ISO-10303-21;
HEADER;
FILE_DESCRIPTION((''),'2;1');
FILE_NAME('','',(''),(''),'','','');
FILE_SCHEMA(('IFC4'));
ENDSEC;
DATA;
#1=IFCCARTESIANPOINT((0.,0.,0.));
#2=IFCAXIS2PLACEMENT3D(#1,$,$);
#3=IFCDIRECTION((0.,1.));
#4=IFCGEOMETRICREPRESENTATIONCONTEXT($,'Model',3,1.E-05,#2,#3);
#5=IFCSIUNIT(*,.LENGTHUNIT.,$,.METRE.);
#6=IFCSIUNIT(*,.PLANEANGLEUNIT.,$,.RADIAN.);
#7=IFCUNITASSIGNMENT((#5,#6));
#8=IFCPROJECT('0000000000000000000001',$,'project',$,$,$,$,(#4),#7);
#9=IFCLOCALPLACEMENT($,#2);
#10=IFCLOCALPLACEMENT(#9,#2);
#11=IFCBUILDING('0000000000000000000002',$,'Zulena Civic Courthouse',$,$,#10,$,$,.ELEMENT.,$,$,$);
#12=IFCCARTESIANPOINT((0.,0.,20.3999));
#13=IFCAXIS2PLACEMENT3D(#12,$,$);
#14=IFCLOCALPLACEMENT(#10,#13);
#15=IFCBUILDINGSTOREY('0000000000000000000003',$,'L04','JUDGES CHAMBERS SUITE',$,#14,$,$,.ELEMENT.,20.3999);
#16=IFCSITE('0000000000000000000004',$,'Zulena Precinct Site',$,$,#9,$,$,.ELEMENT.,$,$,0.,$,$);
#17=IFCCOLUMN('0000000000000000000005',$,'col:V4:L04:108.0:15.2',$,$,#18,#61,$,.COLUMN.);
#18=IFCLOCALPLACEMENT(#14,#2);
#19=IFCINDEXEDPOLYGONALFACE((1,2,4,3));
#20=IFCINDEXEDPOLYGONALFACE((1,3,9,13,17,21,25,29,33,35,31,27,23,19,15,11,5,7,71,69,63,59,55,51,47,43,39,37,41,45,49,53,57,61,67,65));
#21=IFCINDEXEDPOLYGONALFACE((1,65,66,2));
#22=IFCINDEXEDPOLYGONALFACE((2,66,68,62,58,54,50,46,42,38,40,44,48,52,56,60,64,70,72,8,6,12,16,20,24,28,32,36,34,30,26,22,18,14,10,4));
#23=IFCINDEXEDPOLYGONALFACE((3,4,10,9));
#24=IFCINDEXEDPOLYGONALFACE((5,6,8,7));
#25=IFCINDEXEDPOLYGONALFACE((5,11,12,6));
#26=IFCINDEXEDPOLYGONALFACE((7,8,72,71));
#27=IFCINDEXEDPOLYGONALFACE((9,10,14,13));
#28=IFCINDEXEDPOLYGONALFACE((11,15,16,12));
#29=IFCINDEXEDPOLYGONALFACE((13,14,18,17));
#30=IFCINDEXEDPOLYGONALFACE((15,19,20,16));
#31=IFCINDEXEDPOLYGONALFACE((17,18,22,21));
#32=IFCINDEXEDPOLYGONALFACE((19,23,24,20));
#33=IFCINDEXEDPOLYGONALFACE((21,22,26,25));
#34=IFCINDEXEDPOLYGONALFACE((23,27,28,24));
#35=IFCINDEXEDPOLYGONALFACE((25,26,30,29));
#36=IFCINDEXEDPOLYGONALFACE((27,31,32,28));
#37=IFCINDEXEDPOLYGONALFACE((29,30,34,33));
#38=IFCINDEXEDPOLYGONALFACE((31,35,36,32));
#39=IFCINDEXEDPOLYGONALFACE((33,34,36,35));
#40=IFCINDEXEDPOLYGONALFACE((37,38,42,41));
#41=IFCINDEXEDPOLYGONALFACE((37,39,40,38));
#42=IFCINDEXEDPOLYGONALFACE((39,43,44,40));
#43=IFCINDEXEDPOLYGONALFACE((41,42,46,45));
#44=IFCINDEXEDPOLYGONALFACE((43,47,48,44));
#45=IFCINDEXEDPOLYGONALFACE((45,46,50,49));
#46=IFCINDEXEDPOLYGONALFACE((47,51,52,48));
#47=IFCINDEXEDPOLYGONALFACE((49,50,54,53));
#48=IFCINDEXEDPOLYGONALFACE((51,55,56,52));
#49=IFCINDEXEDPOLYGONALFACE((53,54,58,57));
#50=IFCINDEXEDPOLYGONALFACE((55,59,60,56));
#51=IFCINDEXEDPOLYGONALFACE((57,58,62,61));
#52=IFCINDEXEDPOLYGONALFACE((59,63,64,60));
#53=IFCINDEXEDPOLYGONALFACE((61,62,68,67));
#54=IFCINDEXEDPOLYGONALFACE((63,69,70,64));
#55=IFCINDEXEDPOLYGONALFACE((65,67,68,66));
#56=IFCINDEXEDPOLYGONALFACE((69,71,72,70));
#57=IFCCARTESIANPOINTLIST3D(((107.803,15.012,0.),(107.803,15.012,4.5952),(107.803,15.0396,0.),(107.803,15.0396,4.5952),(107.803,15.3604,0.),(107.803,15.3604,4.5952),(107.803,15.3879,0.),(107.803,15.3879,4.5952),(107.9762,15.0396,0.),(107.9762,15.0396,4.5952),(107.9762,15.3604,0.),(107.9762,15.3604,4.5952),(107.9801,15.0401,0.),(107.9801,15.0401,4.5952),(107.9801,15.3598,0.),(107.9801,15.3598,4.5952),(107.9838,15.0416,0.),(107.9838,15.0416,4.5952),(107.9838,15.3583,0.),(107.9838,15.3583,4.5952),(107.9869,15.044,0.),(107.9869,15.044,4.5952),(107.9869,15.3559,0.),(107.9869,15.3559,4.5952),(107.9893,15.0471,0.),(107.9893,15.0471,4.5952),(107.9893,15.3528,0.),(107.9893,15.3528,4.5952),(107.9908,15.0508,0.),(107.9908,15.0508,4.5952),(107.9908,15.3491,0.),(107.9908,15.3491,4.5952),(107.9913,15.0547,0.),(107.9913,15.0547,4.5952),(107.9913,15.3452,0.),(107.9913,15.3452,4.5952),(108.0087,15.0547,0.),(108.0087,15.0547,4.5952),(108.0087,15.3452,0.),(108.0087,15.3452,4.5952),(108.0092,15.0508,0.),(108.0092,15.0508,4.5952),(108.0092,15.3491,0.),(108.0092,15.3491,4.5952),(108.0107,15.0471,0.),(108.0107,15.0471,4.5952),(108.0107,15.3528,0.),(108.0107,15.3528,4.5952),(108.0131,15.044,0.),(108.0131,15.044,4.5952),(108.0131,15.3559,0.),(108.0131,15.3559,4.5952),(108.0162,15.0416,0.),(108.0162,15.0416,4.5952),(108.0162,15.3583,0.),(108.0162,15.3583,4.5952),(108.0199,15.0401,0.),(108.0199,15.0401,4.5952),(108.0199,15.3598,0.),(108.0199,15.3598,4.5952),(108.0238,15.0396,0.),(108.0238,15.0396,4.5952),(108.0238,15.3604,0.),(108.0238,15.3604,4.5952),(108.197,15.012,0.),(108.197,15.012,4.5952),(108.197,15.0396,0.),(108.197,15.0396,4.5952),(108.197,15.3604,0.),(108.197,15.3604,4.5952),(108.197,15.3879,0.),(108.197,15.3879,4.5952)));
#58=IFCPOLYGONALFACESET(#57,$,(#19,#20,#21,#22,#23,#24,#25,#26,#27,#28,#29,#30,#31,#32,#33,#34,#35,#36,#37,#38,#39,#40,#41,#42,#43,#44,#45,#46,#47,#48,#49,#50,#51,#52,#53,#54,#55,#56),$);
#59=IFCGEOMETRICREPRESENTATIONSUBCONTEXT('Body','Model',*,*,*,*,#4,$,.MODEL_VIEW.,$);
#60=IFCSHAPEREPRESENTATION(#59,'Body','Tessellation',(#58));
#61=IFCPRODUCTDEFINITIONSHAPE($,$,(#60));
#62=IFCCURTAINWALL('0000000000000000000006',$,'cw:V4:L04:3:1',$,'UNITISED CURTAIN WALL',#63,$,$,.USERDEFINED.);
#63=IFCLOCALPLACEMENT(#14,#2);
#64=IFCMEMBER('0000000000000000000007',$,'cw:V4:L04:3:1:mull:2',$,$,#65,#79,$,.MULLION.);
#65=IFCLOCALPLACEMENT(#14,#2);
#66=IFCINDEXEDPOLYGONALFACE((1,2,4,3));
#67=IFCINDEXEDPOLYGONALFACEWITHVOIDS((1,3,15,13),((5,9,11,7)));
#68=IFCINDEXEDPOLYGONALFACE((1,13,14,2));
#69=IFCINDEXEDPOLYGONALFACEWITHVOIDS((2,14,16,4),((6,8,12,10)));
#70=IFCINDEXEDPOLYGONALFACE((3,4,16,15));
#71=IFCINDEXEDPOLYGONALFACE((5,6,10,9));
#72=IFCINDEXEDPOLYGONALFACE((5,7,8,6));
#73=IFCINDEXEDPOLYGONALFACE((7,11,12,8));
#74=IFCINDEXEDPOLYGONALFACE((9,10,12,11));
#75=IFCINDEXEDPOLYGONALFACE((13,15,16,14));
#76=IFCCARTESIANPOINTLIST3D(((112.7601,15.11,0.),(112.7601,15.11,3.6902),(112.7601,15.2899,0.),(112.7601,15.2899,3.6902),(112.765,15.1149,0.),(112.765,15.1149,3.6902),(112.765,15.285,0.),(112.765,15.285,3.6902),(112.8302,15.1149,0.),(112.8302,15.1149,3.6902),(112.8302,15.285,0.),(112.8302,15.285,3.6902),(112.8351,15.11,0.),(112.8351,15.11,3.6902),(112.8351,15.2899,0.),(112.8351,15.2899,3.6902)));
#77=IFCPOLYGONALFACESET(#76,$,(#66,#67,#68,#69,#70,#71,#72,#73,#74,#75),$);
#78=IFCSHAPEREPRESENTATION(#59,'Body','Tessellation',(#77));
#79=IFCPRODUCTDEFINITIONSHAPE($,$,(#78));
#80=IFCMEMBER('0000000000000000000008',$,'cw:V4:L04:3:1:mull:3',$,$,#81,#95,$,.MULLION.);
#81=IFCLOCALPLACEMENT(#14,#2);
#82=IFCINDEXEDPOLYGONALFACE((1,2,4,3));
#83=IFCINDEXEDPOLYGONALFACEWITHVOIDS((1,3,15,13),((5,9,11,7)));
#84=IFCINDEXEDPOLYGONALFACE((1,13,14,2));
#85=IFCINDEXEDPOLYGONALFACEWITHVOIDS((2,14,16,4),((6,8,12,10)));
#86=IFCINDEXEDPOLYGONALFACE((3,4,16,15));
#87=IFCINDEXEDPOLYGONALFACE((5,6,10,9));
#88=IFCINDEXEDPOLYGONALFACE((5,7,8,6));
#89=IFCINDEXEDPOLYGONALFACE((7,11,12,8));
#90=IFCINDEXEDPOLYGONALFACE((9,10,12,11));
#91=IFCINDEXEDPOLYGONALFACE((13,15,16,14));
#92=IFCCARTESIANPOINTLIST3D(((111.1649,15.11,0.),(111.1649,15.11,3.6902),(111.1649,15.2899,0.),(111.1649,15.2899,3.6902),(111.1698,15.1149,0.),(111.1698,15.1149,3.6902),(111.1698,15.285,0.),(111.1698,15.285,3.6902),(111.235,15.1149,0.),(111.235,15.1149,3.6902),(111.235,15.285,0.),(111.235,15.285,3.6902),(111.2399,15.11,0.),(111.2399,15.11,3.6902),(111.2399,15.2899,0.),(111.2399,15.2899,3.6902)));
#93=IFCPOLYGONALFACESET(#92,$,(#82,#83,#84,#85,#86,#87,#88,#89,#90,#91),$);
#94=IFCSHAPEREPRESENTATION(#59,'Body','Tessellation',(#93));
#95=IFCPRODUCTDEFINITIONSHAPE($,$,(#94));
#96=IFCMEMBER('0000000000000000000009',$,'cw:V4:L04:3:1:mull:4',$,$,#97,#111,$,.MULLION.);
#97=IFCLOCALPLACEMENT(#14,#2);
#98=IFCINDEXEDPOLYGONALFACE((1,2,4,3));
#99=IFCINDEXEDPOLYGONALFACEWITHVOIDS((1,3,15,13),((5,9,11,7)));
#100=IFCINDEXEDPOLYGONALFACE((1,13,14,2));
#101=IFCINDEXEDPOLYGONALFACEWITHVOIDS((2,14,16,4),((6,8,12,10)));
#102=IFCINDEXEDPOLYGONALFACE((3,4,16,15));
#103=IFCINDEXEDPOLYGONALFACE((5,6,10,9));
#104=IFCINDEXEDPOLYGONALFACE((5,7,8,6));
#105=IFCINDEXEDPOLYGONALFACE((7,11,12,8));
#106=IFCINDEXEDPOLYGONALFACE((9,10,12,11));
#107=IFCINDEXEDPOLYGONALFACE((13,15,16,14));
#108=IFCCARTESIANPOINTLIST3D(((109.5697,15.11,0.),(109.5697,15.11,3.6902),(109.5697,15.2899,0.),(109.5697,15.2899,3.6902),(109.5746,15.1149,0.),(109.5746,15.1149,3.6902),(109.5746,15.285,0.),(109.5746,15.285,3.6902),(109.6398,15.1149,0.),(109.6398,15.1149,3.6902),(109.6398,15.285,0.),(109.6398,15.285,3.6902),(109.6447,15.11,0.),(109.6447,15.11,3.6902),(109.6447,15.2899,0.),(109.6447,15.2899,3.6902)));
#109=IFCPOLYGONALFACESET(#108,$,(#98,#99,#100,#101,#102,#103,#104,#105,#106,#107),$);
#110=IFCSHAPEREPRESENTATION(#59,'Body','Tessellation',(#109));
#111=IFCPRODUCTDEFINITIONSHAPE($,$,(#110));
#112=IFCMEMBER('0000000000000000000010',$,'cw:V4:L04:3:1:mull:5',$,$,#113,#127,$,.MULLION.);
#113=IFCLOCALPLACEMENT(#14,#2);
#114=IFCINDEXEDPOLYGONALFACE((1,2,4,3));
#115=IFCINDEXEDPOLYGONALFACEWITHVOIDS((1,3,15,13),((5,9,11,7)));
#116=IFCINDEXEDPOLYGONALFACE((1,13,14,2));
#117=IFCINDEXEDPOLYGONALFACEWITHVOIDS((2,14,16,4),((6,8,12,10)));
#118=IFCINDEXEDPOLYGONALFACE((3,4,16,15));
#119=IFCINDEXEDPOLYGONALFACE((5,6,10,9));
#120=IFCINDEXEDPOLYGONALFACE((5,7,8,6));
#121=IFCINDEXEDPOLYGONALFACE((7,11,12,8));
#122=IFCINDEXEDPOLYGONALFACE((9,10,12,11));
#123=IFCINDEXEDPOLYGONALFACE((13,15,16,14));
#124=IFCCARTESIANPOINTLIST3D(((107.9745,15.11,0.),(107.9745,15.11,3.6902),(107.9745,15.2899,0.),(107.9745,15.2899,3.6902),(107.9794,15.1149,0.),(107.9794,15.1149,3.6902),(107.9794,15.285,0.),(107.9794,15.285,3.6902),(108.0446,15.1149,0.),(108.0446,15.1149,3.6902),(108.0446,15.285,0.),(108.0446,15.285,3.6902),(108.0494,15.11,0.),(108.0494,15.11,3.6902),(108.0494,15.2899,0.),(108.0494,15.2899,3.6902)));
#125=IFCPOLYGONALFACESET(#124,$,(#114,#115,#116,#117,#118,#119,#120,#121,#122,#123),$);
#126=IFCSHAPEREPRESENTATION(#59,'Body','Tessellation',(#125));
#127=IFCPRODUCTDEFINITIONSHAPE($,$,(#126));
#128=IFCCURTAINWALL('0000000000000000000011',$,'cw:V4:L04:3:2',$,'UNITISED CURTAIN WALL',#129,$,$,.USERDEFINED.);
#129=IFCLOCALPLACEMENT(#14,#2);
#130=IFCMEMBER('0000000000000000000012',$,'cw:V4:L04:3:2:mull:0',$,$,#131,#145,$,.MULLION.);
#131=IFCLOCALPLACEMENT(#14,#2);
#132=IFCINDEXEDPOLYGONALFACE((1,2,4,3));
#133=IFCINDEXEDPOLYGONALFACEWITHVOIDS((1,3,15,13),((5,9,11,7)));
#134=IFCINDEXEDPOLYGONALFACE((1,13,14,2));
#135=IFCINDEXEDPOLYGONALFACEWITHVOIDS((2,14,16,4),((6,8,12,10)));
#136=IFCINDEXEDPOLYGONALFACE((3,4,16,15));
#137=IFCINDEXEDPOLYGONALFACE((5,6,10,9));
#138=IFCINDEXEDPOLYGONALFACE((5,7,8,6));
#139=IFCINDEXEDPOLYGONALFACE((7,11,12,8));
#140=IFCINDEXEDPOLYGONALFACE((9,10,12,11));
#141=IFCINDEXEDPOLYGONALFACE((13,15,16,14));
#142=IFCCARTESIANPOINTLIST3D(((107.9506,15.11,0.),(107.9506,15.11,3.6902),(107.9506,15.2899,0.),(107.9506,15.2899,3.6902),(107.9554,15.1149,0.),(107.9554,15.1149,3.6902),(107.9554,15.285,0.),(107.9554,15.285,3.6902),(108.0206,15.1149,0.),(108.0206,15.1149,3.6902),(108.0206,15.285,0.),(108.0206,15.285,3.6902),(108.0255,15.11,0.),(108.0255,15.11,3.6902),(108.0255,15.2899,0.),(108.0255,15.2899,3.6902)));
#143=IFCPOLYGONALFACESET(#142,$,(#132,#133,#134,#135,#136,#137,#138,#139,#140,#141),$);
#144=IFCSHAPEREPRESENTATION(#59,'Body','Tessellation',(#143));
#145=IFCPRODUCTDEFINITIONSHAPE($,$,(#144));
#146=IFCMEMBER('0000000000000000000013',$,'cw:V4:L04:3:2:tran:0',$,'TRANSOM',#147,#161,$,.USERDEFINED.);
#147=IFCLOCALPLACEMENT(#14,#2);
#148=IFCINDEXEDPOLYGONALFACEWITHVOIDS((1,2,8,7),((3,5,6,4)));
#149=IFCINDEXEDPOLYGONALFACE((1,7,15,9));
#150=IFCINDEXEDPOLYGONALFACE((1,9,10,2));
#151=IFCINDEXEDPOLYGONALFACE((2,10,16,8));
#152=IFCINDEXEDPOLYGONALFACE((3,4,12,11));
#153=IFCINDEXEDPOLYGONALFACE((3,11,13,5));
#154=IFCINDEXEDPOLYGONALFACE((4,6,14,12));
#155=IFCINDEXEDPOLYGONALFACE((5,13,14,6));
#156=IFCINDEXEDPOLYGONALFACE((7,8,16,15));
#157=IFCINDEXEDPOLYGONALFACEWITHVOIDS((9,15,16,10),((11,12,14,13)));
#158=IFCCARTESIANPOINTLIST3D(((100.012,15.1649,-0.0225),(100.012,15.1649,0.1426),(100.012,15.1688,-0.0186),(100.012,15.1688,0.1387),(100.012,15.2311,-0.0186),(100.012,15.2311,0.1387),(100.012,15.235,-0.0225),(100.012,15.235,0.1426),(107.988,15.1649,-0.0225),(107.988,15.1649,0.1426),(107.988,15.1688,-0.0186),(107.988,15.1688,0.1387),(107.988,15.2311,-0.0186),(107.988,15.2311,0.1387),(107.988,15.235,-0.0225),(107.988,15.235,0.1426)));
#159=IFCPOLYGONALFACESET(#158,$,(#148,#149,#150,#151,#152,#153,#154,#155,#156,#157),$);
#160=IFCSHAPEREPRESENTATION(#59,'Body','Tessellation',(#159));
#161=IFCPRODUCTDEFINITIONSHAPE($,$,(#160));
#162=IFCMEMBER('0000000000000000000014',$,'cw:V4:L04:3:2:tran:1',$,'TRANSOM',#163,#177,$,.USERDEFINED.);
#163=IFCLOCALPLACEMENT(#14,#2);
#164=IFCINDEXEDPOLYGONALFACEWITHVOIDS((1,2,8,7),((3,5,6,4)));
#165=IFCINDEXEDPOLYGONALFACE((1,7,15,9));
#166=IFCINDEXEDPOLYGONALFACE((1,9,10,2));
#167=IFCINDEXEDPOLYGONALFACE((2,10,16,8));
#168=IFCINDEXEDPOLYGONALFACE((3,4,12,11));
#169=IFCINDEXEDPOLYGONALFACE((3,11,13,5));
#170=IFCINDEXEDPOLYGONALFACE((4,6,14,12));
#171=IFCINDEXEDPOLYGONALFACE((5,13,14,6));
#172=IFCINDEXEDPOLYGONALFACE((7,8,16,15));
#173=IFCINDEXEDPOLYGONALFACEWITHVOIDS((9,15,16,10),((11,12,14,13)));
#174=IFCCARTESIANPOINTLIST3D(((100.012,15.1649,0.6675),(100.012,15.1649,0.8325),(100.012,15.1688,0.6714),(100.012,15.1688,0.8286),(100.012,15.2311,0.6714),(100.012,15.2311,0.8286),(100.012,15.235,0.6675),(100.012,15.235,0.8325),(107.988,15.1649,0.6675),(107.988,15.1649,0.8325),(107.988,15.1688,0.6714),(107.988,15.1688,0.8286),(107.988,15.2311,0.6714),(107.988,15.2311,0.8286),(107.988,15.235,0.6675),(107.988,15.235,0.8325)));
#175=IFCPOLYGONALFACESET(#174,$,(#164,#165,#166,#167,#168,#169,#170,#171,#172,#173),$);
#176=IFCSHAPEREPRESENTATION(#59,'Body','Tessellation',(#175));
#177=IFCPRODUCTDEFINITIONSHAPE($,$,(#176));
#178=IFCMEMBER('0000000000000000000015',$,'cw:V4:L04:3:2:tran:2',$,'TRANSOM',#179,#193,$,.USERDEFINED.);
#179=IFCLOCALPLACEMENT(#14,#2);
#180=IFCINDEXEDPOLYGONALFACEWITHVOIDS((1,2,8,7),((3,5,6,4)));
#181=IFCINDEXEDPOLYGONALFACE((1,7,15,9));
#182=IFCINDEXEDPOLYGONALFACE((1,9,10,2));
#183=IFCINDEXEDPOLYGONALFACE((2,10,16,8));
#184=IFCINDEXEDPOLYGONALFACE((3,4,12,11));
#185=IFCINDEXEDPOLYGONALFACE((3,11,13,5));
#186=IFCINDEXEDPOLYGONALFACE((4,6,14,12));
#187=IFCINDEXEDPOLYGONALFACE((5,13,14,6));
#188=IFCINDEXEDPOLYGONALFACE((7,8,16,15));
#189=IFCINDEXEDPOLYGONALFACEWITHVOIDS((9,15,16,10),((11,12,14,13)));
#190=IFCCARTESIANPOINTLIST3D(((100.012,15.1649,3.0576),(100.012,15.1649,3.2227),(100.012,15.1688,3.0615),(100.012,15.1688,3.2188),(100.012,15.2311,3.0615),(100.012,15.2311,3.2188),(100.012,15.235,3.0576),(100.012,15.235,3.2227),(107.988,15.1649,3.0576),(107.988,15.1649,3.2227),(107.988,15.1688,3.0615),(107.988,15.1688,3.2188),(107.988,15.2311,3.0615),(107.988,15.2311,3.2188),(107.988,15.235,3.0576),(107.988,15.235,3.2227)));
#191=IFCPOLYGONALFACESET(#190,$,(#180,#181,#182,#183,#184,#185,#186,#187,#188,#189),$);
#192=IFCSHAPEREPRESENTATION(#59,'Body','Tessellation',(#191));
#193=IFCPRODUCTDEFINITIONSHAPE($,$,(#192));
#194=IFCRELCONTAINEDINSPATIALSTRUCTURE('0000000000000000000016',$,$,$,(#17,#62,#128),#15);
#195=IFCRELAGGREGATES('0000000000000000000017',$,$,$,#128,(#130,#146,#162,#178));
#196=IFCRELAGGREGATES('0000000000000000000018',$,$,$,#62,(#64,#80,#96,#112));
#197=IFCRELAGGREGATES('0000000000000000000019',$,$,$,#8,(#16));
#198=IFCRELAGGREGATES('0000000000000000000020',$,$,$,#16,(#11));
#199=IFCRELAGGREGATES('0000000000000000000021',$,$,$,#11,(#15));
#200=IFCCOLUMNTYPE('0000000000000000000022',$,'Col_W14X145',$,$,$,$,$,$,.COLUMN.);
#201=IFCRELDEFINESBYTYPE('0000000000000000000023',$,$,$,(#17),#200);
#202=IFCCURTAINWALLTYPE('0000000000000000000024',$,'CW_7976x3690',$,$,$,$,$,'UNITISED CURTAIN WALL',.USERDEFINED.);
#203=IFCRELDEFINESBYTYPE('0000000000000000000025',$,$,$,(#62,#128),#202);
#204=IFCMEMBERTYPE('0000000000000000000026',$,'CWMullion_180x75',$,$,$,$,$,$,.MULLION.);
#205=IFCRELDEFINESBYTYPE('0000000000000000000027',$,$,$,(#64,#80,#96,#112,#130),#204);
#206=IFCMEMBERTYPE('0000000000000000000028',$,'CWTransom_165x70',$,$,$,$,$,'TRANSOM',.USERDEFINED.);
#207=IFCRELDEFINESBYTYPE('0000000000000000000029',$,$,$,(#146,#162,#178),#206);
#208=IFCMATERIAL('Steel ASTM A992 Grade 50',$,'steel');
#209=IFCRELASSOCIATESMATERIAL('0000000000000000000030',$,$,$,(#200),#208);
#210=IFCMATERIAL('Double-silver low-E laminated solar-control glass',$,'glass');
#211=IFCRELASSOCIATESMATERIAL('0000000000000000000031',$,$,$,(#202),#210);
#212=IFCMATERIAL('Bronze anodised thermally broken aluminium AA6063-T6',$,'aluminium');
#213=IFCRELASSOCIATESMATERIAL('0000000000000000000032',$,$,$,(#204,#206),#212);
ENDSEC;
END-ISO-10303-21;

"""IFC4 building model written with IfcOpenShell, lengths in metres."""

from ifc_helpers import new_model, si_unit, direction, frame, origin, origin_2d, place, context, subcontext, project, spatial, hollow_rectangle, i_section, extrude, material, material_profile, profile_set, type_object, element, aggregate, save


model = new_model("IFC4")

# Units and contexts
model_context = context("Model", 3, precision=1e-05, world=origin(), true_north=direction((0.0, 1.0)))
body_context = subcontext(model_context, "Body", "Model", "MODEL_VIEW")
ifc_project = project(units=[si_unit("LENGTHUNIT", "METRE"), si_unit("PLANEANGLEUNIT", "RADIAN")], contexts=[model_context])

# Site, building, storey
site_placement = place(None, origin())
site = spatial("IfcSite", under=ifc_project, at=site_placement, Name="Zulena Precinct Site", CompositionType="ELEMENT", RefElevation=0.0)
building_placement = place(site_placement, origin())
building = spatial("IfcBuilding", under=site, at=building_placement, Name="Zulena Civic Courthouse", CompositionType="ELEMENT")
storey_placement = place(building_placement, frame((0.0, 0.0, 20.3999)))
storey = spatial("IfcBuildingStorey", under=building, at=storey_placement, Name="L04", Description="JUDGES CHAMBERS SUITE", CompositionType="ELEMENT", Elevation=20.3999)

# Column
ifc_material_1 = material(Name="Steel ASTM A992 Grade 50", Category="steel")
ifc_material_profile_1 = material_profile(ifc_material_1, i_section(OverallWidth=0.394, OverallDepth=0.376, WebThickness=0.0173, FlangeThickness=0.0276, FilletRadius=0.0151, at=origin_2d()), Name="W14X145")
ifc_profile_set_1 = profile_set([ifc_material_profile_1], Name="Steel ASTM A992 Grade 50")
column_type = type_object("IfcColumnType", Name="Col_W14X145", PredefinedType="COLUMN", material=ifc_profile_set_1)
column_placement = place(storey_placement, frame((108.0, 15.2, 0.0), z_axis=(0.0, 0.0, 1.0), x_axis=(1.0, 0.0, 0.0)))
element("IfcColumn", 1, at=column_placement, inside=storey, type_object=column_type, Name="col:V4:L04:108.0:15.2", PredefinedType="COLUMN", context=body_context, shape_type="SweptSolid", body=[
    extrude(i_section(OverallWidth=0.394, OverallDepth=0.376, WebThickness=0.0173, FlangeThickness=0.0276, FilletRadius=0.0151, at=origin_2d()), origin(), (0.0, 0.0, 1.0), 4.5952),
])

# Curtain walls, members
ifc_material_2 = material(Name="Double-silver low-E laminated solar-control glass", Category="glass")
curtain_wall_type = type_object("IfcCurtainWallType", Name="CW_7976x3690", ElementType="UNITISED CURTAIN WALL", PredefinedType="USERDEFINED", material=ifc_material_2)
curtain_wall_1_placement = place(storey_placement, origin())
curtain_wall_1 = element("IfcCurtainWall", 2, at=curtain_wall_1_placement, inside=storey, type_object=curtain_wall_type, Name="cw:V4:L04:3:1", ObjectType="UNITISED CURTAIN WALL", PredefinedType="USERDEFINED")
ifc_material_3 = material(Name="Bronze anodised thermally broken aluminium AA6063-T6", Category="aluminium")
ifc_material_profile_2 = material_profile(ifc_material_3, hollow_rectangle(XDim=0.075, YDim=0.1799, WallThickness=0.0049, at=origin_2d()), Name="CWM180X75X5")
ifc_profile_set_2 = profile_set([ifc_material_profile_2], Name="Bronze anodised thermally broken aluminium AA6063-T6")
member_type_1 = type_object("IfcMemberType", Name="CWMullion_180x75", PredefinedType="MULLION", material=ifc_profile_set_2)
member_1_placement = place(storey_placement, frame((112.7976, 15.2, 0.0), z_axis=(0.0, 0.0, 1.0), x_axis=(1.0, 0.0, 0.0)))
member_1 = element("IfcMember", 3, at=member_1_placement, type_object=member_type_1, Name="cw:V4:L04:3:1:mull:2", PredefinedType="MULLION", context=body_context, shape_type="SweptSolid", body=[
    extrude(hollow_rectangle(XDim=0.075, YDim=0.1799, WallThickness=0.0049, at=origin_2d()), origin(), (0.0, 0.0, 1.0), 3.6902),
])
member_2_placement = place(storey_placement, frame((111.2024, 15.2, 0.0), z_axis=(0.0, 0.0, 1.0), x_axis=(1.0, 0.0, 0.0)))
member_2 = element("IfcMember", 4, at=member_2_placement, type_object=member_type_1, Name="cw:V4:L04:3:1:mull:3", PredefinedType="MULLION", context=body_context, shape_type="SweptSolid", body=[
    extrude(hollow_rectangle(XDim=0.075, YDim=0.1799, WallThickness=0.0049, at=origin_2d()), origin(), (0.0, 0.0, 1.0), 3.6902),
])
member_3_placement = place(storey_placement, frame((109.6072, 15.2, 0.0), z_axis=(0.0, 0.0, 1.0), x_axis=(1.0, 0.0, 0.0)))
member_3 = element("IfcMember", 5, at=member_3_placement, type_object=member_type_1, Name="cw:V4:L04:3:1:mull:4", PredefinedType="MULLION", context=body_context, shape_type="SweptSolid", body=[
    extrude(hollow_rectangle(XDim=0.075, YDim=0.1799, WallThickness=0.0049, at=origin_2d()), origin(), (0.0, 0.0, 1.0), 3.6902),
])
member_4_placement = place(storey_placement, frame((108.012, 15.2, 0.0), z_axis=(0.0, 0.0, 1.0), x_axis=(1.0, 0.0, 0.0)))
member_4 = element("IfcMember", 6, at=member_4_placement, type_object=member_type_1, Name="cw:V4:L04:3:1:mull:5", PredefinedType="MULLION", context=body_context, shape_type="SweptSolid", body=[
    extrude(hollow_rectangle(XDim=0.075, YDim=0.1799, WallThickness=0.0049, at=origin_2d()), origin(), (0.0, 0.0, 1.0), 3.6902),
])
curtain_wall_2_placement = place(storey_placement, origin())
curtain_wall_2 = element("IfcCurtainWall", 7, at=curtain_wall_2_placement, inside=storey, type_object=curtain_wall_type, Name="cw:V4:L04:3:2", ObjectType="UNITISED CURTAIN WALL", PredefinedType="USERDEFINED")
member_5_placement = place(storey_placement, frame((107.988, 15.2, 0.0), z_axis=(0.0, 0.0, 1.0), x_axis=(1.0, 0.0, 0.0)))
member_5 = element("IfcMember", 8, at=member_5_placement, type_object=member_type_1, Name="cw:V4:L04:3:2:mull:0", PredefinedType="MULLION", context=body_context, shape_type="SweptSolid", body=[
    extrude(hollow_rectangle(XDim=0.075, YDim=0.1799, WallThickness=0.0049, at=origin_2d()), origin(), (0.0, 0.0, 1.0), 3.6902),
])
ifc_material_profile_3 = material_profile(ifc_material_3, hollow_rectangle(XDim=0.0701, YDim=0.165, WallThickness=0.0039, at=origin_2d()), Name="CWT165X70X4")
ifc_profile_set_3 = profile_set([ifc_material_profile_3], Name="Bronze anodised thermally broken aluminium AA6063-T6")
member_type_2 = type_object("IfcMemberType", Name="CWTransom_165x70", ElementType="TRANSOM", PredefinedType="USERDEFINED", material=ifc_profile_set_3)
member_6_placement = place(storey_placement, frame((107.988, 15.2, 0.0601), z_axis=(-1.0, 0.0, 0.0), x_axis=(0.0, -1.0, 0.0)))
member_6 = element("IfcMember", 9, at=member_6_placement, type_object=member_type_2, Name="cw:V4:L04:3:2:tran:0", ObjectType="TRANSOM", PredefinedType="USERDEFINED", context=body_context, shape_type="SweptSolid", body=[
    extrude(hollow_rectangle(XDim=0.0701, YDim=0.165, WallThickness=0.0039, at=origin_2d()), origin(), (0.0, 0.0, 1.0), 7.9761),
])
member_7_placement = place(storey_placement, frame((107.988, 15.2, 0.75), z_axis=(-1.0, 0.0, 0.0), x_axis=(0.0, -1.0, 0.0)))
member_7 = element("IfcMember", 10, at=member_7_placement, type_object=member_type_2, Name="cw:V4:L04:3:2:tran:1", ObjectType="TRANSOM", PredefinedType="USERDEFINED", context=body_context, shape_type="SweptSolid", body=[
    extrude(hollow_rectangle(XDim=0.0701, YDim=0.165, WallThickness=0.0039, at=origin_2d()), origin(), (0.0, 0.0, 1.0), 7.9761),
])
member_8_placement = place(storey_placement, frame((107.988, 15.2, 3.1401), z_axis=(-1.0, 0.0, 0.0), x_axis=(0.0, -1.0, 0.0)))
member_8 = element("IfcMember", 11, at=member_8_placement, type_object=member_type_2, Name="cw:V4:L04:3:2:tran:2", ObjectType="TRANSOM", PredefinedType="USERDEFINED", context=body_context, shape_type="SweptSolid", body=[
    extrude(hollow_rectangle(XDim=0.0701, YDim=0.165, WallThickness=0.0039, at=origin_2d()), origin(), (0.0, 0.0, 1.0), 7.9761),
])
aggregate(curtain_wall_2, [member_5, member_6, member_7, member_8])

aggregate(curtain_wall_1, [member_1, member_2, member_3, member_4])

save(model, "model.ifc")
